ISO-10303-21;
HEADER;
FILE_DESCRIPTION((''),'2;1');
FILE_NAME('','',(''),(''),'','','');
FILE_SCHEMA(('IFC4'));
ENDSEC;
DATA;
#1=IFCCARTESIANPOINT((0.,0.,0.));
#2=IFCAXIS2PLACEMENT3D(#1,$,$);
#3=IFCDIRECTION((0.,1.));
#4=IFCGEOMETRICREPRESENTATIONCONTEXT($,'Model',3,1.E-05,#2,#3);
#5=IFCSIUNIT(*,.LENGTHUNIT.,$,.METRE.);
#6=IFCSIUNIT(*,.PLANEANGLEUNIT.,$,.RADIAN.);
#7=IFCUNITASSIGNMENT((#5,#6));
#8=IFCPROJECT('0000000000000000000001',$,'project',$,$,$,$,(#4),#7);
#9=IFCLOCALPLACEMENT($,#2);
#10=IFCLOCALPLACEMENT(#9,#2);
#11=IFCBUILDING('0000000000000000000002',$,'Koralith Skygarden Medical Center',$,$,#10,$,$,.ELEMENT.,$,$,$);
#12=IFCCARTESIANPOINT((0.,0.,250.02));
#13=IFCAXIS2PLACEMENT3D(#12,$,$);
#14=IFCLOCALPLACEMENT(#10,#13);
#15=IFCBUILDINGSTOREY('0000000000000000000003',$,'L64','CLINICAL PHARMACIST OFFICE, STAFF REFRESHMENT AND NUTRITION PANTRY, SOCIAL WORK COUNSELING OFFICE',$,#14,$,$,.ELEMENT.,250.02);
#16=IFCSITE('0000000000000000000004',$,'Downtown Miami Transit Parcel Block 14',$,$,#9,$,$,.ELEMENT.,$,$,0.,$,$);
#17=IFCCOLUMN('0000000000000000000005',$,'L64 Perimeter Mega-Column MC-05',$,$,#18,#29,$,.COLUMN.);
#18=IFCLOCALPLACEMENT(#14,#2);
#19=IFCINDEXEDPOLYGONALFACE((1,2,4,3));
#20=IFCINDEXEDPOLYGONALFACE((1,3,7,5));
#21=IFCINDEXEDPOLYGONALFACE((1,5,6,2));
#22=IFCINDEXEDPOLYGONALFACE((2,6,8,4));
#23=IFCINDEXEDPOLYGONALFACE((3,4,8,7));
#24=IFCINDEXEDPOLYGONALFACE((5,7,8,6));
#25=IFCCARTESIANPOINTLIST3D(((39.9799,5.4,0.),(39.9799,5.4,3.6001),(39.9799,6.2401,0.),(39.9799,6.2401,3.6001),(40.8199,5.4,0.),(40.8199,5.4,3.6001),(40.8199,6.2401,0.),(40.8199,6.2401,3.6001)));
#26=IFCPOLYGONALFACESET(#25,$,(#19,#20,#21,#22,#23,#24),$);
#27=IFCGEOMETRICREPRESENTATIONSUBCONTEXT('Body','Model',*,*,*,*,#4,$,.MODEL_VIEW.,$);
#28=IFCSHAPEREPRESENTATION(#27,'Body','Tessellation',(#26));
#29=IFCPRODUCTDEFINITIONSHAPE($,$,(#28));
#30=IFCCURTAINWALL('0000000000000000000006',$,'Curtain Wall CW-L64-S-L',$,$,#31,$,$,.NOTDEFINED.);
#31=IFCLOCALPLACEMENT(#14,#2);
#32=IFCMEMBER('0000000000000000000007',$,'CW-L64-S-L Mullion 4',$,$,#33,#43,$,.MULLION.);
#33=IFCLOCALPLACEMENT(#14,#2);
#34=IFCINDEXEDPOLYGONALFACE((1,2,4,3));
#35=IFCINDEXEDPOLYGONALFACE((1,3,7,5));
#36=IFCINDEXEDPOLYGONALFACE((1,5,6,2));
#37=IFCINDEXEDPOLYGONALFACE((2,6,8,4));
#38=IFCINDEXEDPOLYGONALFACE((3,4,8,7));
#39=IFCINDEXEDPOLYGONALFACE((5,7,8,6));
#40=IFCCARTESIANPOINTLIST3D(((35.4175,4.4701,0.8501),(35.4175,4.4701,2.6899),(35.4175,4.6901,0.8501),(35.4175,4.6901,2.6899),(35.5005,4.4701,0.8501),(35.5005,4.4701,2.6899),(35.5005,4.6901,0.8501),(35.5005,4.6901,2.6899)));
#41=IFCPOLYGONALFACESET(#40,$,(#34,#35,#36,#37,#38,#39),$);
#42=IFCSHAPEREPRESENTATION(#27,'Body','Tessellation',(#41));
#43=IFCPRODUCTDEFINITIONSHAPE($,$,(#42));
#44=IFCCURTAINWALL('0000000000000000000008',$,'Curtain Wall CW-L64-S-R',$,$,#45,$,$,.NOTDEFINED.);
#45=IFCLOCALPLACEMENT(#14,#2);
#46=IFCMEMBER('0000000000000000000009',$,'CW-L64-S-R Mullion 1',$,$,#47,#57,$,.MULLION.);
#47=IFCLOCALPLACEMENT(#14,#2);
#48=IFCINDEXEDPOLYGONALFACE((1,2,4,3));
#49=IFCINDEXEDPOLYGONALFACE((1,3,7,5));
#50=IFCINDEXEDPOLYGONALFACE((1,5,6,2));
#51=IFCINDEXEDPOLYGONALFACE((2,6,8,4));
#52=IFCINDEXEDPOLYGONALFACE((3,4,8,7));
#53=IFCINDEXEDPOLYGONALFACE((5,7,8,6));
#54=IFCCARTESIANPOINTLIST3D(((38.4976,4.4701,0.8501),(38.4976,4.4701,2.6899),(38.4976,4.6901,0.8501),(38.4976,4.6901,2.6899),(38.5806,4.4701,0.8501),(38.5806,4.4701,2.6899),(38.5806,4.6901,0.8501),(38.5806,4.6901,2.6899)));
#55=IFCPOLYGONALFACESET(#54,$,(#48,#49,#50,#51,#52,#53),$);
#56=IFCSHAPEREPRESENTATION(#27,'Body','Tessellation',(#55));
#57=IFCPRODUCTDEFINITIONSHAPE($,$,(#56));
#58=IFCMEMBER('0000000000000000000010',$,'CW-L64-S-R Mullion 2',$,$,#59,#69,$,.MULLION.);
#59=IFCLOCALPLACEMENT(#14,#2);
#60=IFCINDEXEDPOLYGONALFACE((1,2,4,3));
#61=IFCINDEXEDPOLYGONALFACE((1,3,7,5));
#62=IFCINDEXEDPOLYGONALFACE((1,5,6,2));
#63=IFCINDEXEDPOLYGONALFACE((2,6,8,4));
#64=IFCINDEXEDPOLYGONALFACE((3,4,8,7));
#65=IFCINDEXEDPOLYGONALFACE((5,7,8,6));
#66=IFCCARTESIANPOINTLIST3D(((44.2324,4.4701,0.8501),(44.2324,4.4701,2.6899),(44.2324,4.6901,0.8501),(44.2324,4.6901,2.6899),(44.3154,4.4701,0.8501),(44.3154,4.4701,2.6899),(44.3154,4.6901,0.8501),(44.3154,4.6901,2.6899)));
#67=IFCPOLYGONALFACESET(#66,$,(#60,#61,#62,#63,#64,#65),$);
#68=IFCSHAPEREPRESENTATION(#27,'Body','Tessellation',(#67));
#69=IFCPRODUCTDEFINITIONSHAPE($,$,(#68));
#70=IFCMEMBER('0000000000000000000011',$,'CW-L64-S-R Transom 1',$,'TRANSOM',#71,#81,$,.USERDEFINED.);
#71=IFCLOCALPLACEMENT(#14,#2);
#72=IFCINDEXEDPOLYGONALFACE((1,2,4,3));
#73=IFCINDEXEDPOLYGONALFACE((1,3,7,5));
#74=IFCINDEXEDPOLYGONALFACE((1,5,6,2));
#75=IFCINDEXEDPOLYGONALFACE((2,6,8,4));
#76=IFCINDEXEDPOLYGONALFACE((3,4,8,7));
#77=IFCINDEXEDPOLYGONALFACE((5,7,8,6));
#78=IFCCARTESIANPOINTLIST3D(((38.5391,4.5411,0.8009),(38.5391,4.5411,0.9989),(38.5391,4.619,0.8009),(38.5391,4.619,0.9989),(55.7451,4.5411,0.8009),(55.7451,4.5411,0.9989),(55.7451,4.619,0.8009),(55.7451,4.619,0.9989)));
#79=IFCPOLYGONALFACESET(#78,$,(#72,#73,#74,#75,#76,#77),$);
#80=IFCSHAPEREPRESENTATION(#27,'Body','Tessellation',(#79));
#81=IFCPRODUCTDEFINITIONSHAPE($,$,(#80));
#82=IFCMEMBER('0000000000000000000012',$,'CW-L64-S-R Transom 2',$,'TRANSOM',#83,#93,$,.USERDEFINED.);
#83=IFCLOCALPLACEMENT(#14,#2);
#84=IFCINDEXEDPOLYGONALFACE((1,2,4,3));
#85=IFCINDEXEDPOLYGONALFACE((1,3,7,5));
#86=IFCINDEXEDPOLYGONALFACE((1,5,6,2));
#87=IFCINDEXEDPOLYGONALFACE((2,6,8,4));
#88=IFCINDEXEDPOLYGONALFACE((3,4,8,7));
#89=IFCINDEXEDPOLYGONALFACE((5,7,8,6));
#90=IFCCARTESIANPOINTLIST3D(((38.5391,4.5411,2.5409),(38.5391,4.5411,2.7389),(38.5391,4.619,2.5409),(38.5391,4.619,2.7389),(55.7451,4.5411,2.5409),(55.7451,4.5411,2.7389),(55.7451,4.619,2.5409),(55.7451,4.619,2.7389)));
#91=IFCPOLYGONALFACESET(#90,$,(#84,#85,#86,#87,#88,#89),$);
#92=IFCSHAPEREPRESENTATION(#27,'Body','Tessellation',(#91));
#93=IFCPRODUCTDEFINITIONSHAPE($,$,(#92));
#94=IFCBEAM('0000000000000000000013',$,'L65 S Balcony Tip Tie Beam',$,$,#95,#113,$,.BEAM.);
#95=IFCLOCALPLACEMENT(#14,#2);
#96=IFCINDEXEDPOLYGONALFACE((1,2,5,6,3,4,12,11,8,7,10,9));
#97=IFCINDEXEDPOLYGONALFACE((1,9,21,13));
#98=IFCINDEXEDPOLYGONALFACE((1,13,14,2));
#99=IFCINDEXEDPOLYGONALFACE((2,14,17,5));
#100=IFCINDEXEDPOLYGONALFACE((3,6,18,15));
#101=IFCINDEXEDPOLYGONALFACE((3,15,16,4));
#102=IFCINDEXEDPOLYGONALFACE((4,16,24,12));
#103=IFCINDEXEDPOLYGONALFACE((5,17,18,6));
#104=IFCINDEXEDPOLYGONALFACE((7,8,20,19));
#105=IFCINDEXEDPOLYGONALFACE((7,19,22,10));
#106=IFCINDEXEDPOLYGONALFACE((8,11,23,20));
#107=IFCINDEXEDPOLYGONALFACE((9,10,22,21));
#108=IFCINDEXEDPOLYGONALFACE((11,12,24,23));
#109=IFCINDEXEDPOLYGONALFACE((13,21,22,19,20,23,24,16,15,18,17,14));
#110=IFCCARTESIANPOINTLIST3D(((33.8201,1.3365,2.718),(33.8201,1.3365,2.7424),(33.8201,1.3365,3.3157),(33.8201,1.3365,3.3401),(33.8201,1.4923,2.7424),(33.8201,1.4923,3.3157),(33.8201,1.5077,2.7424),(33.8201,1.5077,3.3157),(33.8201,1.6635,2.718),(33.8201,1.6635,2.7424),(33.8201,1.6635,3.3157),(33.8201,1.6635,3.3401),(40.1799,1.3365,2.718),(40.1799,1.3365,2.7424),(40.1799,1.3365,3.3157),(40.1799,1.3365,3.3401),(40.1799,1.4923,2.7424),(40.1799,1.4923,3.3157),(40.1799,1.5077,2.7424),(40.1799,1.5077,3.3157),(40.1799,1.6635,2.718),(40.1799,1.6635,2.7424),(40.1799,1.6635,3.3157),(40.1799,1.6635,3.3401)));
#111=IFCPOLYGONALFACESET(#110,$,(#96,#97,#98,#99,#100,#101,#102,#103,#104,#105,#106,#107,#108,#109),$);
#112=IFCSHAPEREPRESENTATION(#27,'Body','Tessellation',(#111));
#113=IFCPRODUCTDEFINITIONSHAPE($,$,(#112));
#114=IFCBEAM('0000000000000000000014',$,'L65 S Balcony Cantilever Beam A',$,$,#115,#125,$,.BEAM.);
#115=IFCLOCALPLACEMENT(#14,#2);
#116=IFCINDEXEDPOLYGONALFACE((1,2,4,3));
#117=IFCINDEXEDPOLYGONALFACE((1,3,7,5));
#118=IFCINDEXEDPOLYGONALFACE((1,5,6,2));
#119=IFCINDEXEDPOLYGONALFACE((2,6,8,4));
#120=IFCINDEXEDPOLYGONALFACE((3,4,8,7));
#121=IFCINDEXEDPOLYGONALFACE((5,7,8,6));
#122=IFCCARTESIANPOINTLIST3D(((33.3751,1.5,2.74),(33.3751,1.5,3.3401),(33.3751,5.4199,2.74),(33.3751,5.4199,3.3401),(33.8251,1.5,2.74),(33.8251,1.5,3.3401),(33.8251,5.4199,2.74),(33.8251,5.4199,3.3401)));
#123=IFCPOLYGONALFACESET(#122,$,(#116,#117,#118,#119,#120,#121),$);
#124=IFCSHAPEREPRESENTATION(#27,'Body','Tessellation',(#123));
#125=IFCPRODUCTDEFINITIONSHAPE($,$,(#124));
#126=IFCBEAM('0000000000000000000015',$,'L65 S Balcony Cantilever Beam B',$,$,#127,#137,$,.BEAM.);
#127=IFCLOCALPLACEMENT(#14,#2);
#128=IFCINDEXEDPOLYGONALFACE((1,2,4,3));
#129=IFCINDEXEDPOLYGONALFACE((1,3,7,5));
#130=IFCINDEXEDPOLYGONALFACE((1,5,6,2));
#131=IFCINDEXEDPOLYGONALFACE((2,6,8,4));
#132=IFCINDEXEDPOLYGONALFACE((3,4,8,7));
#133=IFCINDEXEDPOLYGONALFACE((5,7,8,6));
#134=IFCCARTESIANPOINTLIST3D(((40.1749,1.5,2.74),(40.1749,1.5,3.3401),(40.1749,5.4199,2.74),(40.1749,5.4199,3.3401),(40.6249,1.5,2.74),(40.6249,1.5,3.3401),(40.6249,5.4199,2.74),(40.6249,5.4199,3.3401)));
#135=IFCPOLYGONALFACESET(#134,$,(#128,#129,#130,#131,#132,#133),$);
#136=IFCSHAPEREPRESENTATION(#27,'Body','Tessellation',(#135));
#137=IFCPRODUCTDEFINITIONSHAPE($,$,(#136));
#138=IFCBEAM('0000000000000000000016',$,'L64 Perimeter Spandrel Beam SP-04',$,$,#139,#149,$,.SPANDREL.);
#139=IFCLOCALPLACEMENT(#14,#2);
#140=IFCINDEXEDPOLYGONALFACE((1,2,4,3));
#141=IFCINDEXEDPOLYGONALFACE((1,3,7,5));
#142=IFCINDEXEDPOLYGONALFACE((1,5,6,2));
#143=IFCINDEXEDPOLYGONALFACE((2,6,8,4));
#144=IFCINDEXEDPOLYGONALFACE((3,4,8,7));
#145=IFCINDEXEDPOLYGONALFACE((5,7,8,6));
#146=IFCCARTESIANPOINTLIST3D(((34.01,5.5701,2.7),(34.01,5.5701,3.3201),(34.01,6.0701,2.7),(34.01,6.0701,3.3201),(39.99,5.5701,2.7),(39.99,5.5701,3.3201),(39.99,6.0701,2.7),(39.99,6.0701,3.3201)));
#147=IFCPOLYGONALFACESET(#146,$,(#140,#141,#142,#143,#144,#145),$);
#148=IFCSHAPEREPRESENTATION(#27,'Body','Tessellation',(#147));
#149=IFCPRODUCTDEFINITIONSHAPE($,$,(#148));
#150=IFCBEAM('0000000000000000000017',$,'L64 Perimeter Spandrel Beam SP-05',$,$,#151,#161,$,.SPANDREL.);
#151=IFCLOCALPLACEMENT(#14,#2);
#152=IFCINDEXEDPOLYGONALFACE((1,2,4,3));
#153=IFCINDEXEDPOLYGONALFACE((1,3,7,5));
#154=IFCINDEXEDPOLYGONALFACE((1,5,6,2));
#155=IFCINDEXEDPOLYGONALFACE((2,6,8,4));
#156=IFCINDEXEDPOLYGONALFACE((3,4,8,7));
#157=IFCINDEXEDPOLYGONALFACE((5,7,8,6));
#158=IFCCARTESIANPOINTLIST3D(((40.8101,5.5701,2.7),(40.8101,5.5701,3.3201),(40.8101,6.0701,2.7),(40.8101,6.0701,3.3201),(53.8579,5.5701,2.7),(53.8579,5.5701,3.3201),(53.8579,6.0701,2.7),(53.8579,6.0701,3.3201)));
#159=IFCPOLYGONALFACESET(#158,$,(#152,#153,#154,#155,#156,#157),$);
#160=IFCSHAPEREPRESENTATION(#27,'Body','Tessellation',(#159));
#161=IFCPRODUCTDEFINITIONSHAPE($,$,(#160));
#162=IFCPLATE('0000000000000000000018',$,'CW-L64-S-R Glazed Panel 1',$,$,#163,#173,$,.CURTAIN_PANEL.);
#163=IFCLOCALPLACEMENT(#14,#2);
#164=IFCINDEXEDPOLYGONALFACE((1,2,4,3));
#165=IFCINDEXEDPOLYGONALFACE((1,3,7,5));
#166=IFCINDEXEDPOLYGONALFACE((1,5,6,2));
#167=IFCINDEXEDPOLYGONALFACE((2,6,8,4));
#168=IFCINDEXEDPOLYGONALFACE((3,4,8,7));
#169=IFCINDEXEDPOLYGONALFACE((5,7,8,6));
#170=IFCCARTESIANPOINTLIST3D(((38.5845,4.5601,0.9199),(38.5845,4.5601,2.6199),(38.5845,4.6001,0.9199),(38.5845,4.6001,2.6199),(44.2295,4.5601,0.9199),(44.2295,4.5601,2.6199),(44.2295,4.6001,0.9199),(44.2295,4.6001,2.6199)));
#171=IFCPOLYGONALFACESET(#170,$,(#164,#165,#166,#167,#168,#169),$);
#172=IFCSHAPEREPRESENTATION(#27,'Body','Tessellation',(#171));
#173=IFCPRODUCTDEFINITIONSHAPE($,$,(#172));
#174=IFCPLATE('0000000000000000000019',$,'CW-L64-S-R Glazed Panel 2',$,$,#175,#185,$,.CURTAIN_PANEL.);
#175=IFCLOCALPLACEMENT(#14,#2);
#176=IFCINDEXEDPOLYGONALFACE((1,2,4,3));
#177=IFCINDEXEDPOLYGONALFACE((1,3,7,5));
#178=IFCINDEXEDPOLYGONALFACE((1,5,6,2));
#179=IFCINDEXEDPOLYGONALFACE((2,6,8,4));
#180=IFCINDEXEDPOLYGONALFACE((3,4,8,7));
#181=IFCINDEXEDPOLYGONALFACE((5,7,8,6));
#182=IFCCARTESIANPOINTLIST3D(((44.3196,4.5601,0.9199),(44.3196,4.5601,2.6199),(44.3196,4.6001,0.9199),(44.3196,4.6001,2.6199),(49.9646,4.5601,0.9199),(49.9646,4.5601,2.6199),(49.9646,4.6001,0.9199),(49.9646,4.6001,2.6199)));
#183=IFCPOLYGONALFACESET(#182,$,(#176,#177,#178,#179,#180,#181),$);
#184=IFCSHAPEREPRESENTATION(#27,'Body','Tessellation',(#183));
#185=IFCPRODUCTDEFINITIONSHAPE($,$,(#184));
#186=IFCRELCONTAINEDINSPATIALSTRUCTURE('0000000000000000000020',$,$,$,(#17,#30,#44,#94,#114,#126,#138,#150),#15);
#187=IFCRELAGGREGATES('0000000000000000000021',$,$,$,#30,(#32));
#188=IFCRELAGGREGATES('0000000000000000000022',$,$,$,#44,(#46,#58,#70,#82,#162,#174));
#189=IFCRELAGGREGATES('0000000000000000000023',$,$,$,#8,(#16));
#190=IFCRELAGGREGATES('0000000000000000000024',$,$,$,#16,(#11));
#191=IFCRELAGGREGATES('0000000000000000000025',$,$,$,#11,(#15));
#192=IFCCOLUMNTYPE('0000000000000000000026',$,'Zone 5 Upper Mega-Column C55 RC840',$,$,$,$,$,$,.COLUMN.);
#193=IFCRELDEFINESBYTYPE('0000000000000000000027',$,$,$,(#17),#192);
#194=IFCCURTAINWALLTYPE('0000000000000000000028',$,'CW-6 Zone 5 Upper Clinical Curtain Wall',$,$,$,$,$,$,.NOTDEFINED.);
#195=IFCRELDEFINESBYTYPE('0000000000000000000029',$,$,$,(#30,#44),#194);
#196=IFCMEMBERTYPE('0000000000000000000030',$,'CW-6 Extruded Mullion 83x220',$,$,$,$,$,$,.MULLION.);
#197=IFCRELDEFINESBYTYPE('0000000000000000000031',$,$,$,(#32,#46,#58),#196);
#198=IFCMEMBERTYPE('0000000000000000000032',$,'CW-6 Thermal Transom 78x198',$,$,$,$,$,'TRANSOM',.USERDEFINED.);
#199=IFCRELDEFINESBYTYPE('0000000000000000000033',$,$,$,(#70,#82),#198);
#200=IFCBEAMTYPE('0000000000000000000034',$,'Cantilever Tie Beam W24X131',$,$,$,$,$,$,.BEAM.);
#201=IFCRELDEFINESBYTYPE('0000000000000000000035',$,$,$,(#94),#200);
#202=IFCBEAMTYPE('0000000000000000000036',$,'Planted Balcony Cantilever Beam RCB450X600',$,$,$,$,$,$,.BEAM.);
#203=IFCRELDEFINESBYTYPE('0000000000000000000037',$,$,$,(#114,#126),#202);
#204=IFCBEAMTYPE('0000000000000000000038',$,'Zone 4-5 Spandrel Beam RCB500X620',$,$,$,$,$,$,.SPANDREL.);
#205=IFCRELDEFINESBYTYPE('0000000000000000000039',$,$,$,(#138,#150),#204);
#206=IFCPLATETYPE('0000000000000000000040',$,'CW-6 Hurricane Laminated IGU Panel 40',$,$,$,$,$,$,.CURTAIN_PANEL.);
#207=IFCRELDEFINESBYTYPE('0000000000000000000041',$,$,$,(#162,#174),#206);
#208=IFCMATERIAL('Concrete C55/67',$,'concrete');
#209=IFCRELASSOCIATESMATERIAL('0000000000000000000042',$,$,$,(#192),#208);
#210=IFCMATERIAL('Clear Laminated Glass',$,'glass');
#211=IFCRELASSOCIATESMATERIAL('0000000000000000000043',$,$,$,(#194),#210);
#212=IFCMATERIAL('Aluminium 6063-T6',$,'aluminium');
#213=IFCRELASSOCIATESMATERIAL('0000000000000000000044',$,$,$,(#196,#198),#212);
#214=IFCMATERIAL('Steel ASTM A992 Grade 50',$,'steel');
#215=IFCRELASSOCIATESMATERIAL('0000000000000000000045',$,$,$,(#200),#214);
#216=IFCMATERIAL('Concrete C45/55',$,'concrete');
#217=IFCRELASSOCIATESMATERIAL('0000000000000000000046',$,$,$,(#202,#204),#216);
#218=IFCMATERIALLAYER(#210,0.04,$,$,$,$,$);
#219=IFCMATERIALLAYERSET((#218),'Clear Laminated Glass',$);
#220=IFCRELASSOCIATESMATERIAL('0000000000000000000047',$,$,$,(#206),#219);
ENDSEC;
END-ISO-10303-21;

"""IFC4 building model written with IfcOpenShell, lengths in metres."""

from ifc_helpers import new_model, si_unit, direction, frame, origin, origin_2d, place, context, subcontext, project, spatial, rectangle, i_section, extrude, material, layer, layer_set, material_profile, profile_set, type_object, element, aggregate, save


model = new_model("IFC4")

# Units and contexts
model_context = context("Model", 3, precision=1e-05, world=origin(), true_north=direction((0.0, 1.0)))
body_context = subcontext(model_context, "Body", "Model", "MODEL_VIEW")
ifc_project = project(units=[si_unit("LENGTHUNIT", "METRE"), si_unit("PLANEANGLEUNIT", "RADIAN")], contexts=[model_context])

# Site, building, storey
site_placement = place(None, origin())
site = spatial("IfcSite", under=ifc_project, at=site_placement, Name="Downtown Miami Transit Parcel Block 14", CompositionType="ELEMENT", RefElevation=0.0)
building_placement = place(site_placement, origin())
building = spatial("IfcBuilding", under=site, at=building_placement, Name="Koralith Skygarden Medical Center", CompositionType="ELEMENT")
storey_placement = place(building_placement, frame((0.0, 0.0, 250.02)))
storey = spatial("IfcBuildingStorey", under=building, at=storey_placement, Name="L64", Description="CLINICAL PHARMACIST OFFICE, STAFF REFRESHMENT AND NUTRITION PANTRY, SOCIAL WORK COUNSELING OFFICE", CompositionType="ELEMENT", Elevation=250.02)

# Column
ifc_material_1 = material(Name="Concrete C55/67", Category="concrete")
ifc_material_profile_1 = material_profile(ifc_material_1, rectangle(XDim=0.8401, YDim=0.8401, at=origin_2d()), Name="RC840X840")
ifc_profile_set_1 = profile_set([ifc_material_profile_1], Name="Concrete C55/67")
column_type = type_object("IfcColumnType", Name="Zone 5 Upper Mega-Column C55 RC840", PredefinedType="COLUMN", material=ifc_profile_set_1)
column_placement = place(storey_placement, frame((40.3999, 5.8201, 0.0), z_axis=(0.0, 0.0, 1.0), x_axis=(1.0, 0.0, 0.0)))
element("IfcColumn", 1, at=column_placement, inside=storey, type_object=column_type, Name="L64 Perimeter Mega-Column MC-05", PredefinedType="COLUMN", context=body_context, shape_type="SweptSolid", body=[
    extrude(rectangle(XDim=0.8401, YDim=0.8401, at=origin_2d()), origin(), (0.0, 0.0, 1.0), 3.6001),
])

# Curtain wall, member
ifc_material_2 = material(Name="Clear Laminated Glass", Category="glass")
curtain_wall_type = type_object("IfcCurtainWallType", Name="CW-6 Zone 5 Upper Clinical Curtain Wall", PredefinedType="NOTDEFINED", material=ifc_material_2)
curtain_wall_1_placement = place(storey_placement, origin())
curtain_wall_1 = element("IfcCurtainWall", 2, at=curtain_wall_1_placement, inside=storey, type_object=curtain_wall_type, Name="Curtain Wall CW-L64-S-L", PredefinedType="NOTDEFINED")
ifc_material_3 = material(Name="Aluminium 6063-T6", Category="aluminium")
ifc_material_profile_2 = material_profile(ifc_material_3, rectangle(XDim=0.083, YDim=0.22, at=origin_2d()), Name="MUL83X220")
ifc_profile_set_2 = profile_set([ifc_material_profile_2], Name="Aluminium 6063-T6")
member_type_1 = type_object("IfcMemberType", Name="CW-6 Extruded Mullion 83x220", PredefinedType="MULLION", material=ifc_profile_set_2)
member_1_placement = place(storey_placement, frame((35.459, 4.5801, 0.8501), z_axis=(0.0, 0.0, 1.0), x_axis=(1.0, 0.0, 0.0)))
member_1 = element("IfcMember", 3, at=member_1_placement, type_object=member_type_1, Name="CW-L64-S-L Mullion 4", PredefinedType="MULLION", context=body_context, shape_type="SweptSolid", body=[
    extrude(rectangle(XDim=0.083, YDim=0.22, at=origin_2d()), origin(), (0.0, 0.0, 1.0), 1.8398),
])
aggregate(curtain_wall_1, [member_1])

# Curtain wall, members
curtain_wall_2_placement = place(storey_placement, origin())
curtain_wall_2 = element("IfcCurtainWall", 4, at=curtain_wall_2_placement, inside=storey, type_object=curtain_wall_type, Name="Curtain Wall CW-L64-S-R", PredefinedType="NOTDEFINED")
member_2_placement = place(storey_placement, frame((38.5391, 4.5801, 0.8501), z_axis=(0.0, 0.0, 1.0), x_axis=(1.0, 0.0, 0.0)))
member_2 = element("IfcMember", 5, at=member_2_placement, type_object=member_type_1, Name="CW-L64-S-R Mullion 1", PredefinedType="MULLION", context=body_context, shape_type="SweptSolid", body=[
    extrude(rectangle(XDim=0.083, YDim=0.22, at=origin_2d()), origin(), (0.0, 0.0, 1.0), 1.8398),
])
member_3_placement = place(storey_placement, frame((44.2739, 4.5801, 0.8501), z_axis=(0.0, 0.0, 1.0), x_axis=(1.0, 0.0, 0.0)))
member_3 = element("IfcMember", 6, at=member_3_placement, type_object=member_type_1, Name="CW-L64-S-R Mullion 2", PredefinedType="MULLION", context=body_context, shape_type="SweptSolid", body=[
    extrude(rectangle(XDim=0.083, YDim=0.22, at=origin_2d()), origin(), (0.0, 0.0, 1.0), 1.8398),
])
ifc_material_profile_3 = material_profile(ifc_material_3, rectangle(XDim=0.0779, YDim=0.198, at=origin_2d()), Name="TRN78X198")
ifc_profile_set_3 = profile_set([ifc_material_profile_3], Name="Aluminium 6063-T6")
member_type_2 = type_object("IfcMemberType", Name="CW-6 Thermal Transom 78x198", ElementType="TRANSOM", PredefinedType="USERDEFINED", material=ifc_profile_set_3)
member_4_placement = place(storey_placement, frame((38.5391, 4.5801, 0.8999), z_axis=(1.0, 0.0, 0.0), x_axis=(0.0, 1.0, 0.0)))
member_4 = element("IfcMember", 7, at=member_4_placement, type_object=member_type_2, Name="CW-L64-S-R Transom 1", ObjectType="TRANSOM", PredefinedType="USERDEFINED", context=body_context, shape_type="SweptSolid", body=[
    extrude(rectangle(XDim=0.0779, YDim=0.198, at=origin_2d()), origin(), (0.0, 0.0, 1.0), 17.2061),
])
member_5_placement = place(storey_placement, frame((38.5391, 4.5801, 2.6399), z_axis=(1.0, 0.0, 0.0), x_axis=(0.0, 1.0, 0.0)))
member_5 = element("IfcMember", 8, at=member_5_placement, type_object=member_type_2, Name="CW-L64-S-R Transom 2", ObjectType="TRANSOM", PredefinedType="USERDEFINED", context=body_context, shape_type="SweptSolid", body=[
    extrude(rectangle(XDim=0.0779, YDim=0.198, at=origin_2d()), origin(), (0.0, 0.0, 1.0), 17.2061),
])

# Beams
ifc_material_4 = material(Name="Steel ASTM A992 Grade 50", Category="steel")
ifc_material_profile_4 = material_profile(ifc_material_4, i_section(OverallWidth=0.3269, OverallDepth=0.6221, WebThickness=0.0154, FlangeThickness=0.0244, at=origin_2d()), Name="W24X131")
ifc_profile_set_4 = profile_set([ifc_material_profile_4], Name="Steel ASTM A992 Grade 50")
beam_type_1 = type_object("IfcBeamType", Name="Cantilever Tie Beam W24X131", PredefinedType="BEAM", material=ifc_profile_set_4)
beam_1_placement = place(storey_placement, frame((33.8201, 1.5, 3.0291), z_axis=(1.0, 0.0, 0.0), x_axis=(0.0, 1.0, 0.0)))
element("IfcBeam", 9, at=beam_1_placement, inside=storey, type_object=beam_type_1, Name="L65 S Balcony Tip Tie Beam", PredefinedType="BEAM", context=body_context, shape_type="SweptSolid", body=[
    extrude(i_section(OverallWidth=0.3269, OverallDepth=0.6221, WebThickness=0.0154, FlangeThickness=0.0244, at=origin_2d()), origin(), (0.0, 0.0, 1.0), 6.3599),
])
ifc_material_5 = material(Name="Concrete C45/55", Category="concrete")
ifc_material_profile_5 = material_profile(ifc_material_5, rectangle(XDim=0.45, YDim=0.6001, at=origin_2d()), Name="RCB450X600")
ifc_profile_set_5 = profile_set([ifc_material_profile_5], Name="Concrete C45/55")
beam_type_2 = type_object("IfcBeamType", Name="Planted Balcony Cantilever Beam RCB450X600", PredefinedType="BEAM", material=ifc_profile_set_5)
for number, where, z_axis, x_axis, name in (
    (10, (33.6001, 5.4199, 3.04), (0.0, -1.0, 0.0), (1.0, 0.0, 0.0), "L65 S Balcony Cantilever Beam A"),
    (11, (40.3999, 5.4199, 3.04), (0.0, -1.0, 0.0), (1.0, 0.0, 0.0), "L65 S Balcony Cantilever Beam B"),
):
    element("IfcBeam", number, at=place(storey_placement, frame(where, z_axis=z_axis, x_axis=x_axis)), inside=storey, type_object=beam_type_2, Name=name, PredefinedType="BEAM", context=body_context, shape_type="SweptSolid", body=[
        extrude(rectangle(XDim=0.45, YDim=0.6001, at=origin_2d()), origin(), (0.0, 0.0, 1.0), 3.9199),
    ])
ifc_material_profile_6 = material_profile(ifc_material_5, rectangle(XDim=0.5, YDim=0.6201, at=origin_2d()), Name="RCB500X620")
ifc_profile_set_6 = profile_set([ifc_material_profile_6], Name="Concrete C45/55")
beam_type_3 = type_object("IfcBeamType", Name="Zone 4-5 Spandrel Beam RCB500X620", PredefinedType="SPANDREL", material=ifc_profile_set_6)
beam_2_placement = place(storey_placement, frame((34.01, 5.8201, 3.01), z_axis=(1.0, 0.0, 0.0), x_axis=(0.0, 1.0, 0.0)))
element("IfcBeam", 12, at=beam_2_placement, inside=storey, type_object=beam_type_3, Name="L64 Perimeter Spandrel Beam SP-04", PredefinedType="SPANDREL", context=body_context, shape_type="SweptSolid", body=[
    extrude(rectangle(XDim=0.5, YDim=0.6201, at=origin_2d()), origin(), (0.0, 0.0, 1.0), 5.98),
])
beam_3_placement = place(storey_placement, frame((40.8101, 5.8201, 3.01), z_axis=(1.0, 0.0, 0.0), x_axis=(0.0, 1.0, 0.0)))
element("IfcBeam", 13, at=beam_3_placement, inside=storey, type_object=beam_type_3, Name="L64 Perimeter Spandrel Beam SP-05", PredefinedType="SPANDREL", context=body_context, shape_type="SweptSolid", body=[
    extrude(rectangle(XDim=0.5, YDim=0.6201, at=origin_2d()), origin(), (0.0, 0.0, 1.0), 13.0479),
])

# Plates
ifc_layer_1 = layer(ifc_material_2, 0.04)
ifc_layer_set_1 = layer_set([ifc_layer_1], Name="Clear Laminated Glass")
plate_type = type_object("IfcPlateType", Name="CW-6 Hurricane Laminated IGU Panel 40", PredefinedType="CURTAIN_PANEL", material=ifc_layer_set_1)
plate_1_placement = place(storey_placement, frame((41.407, 4.5801, 0.9199), z_axis=(0.0, 0.0, 1.0), x_axis=(1.0, 0.0, 0.0)))
plate_1 = element("IfcPlate", 14, at=plate_1_placement, type_object=plate_type, Name="CW-L64-S-R Glazed Panel 1", PredefinedType="CURTAIN_PANEL", context=body_context, shape_type="SweptSolid", body=[
    extrude(rectangle(XDim=5.645, YDim=0.04, at=origin_2d()), origin(), (0.0, 0.0, 1.0), 1.7),
])
plate_2_placement = place(storey_placement, frame((47.1421, 4.5801, 0.9199), z_axis=(0.0, 0.0, 1.0), x_axis=(1.0, 0.0, 0.0)))
plate_2 = element("IfcPlate", 15, at=plate_2_placement, type_object=plate_type, Name="CW-L64-S-R Glazed Panel 2", PredefinedType="CURTAIN_PANEL", context=body_context, shape_type="SweptSolid", body=[
    extrude(rectangle(XDim=5.645, YDim=0.04, at=origin_2d()), origin(), (0.0, 0.0, 1.0), 1.7),
])
aggregate(curtain_wall_2, [member_2, member_3, member_4, member_5, plate_1, plate_2])

save(model, "model.ifc")
